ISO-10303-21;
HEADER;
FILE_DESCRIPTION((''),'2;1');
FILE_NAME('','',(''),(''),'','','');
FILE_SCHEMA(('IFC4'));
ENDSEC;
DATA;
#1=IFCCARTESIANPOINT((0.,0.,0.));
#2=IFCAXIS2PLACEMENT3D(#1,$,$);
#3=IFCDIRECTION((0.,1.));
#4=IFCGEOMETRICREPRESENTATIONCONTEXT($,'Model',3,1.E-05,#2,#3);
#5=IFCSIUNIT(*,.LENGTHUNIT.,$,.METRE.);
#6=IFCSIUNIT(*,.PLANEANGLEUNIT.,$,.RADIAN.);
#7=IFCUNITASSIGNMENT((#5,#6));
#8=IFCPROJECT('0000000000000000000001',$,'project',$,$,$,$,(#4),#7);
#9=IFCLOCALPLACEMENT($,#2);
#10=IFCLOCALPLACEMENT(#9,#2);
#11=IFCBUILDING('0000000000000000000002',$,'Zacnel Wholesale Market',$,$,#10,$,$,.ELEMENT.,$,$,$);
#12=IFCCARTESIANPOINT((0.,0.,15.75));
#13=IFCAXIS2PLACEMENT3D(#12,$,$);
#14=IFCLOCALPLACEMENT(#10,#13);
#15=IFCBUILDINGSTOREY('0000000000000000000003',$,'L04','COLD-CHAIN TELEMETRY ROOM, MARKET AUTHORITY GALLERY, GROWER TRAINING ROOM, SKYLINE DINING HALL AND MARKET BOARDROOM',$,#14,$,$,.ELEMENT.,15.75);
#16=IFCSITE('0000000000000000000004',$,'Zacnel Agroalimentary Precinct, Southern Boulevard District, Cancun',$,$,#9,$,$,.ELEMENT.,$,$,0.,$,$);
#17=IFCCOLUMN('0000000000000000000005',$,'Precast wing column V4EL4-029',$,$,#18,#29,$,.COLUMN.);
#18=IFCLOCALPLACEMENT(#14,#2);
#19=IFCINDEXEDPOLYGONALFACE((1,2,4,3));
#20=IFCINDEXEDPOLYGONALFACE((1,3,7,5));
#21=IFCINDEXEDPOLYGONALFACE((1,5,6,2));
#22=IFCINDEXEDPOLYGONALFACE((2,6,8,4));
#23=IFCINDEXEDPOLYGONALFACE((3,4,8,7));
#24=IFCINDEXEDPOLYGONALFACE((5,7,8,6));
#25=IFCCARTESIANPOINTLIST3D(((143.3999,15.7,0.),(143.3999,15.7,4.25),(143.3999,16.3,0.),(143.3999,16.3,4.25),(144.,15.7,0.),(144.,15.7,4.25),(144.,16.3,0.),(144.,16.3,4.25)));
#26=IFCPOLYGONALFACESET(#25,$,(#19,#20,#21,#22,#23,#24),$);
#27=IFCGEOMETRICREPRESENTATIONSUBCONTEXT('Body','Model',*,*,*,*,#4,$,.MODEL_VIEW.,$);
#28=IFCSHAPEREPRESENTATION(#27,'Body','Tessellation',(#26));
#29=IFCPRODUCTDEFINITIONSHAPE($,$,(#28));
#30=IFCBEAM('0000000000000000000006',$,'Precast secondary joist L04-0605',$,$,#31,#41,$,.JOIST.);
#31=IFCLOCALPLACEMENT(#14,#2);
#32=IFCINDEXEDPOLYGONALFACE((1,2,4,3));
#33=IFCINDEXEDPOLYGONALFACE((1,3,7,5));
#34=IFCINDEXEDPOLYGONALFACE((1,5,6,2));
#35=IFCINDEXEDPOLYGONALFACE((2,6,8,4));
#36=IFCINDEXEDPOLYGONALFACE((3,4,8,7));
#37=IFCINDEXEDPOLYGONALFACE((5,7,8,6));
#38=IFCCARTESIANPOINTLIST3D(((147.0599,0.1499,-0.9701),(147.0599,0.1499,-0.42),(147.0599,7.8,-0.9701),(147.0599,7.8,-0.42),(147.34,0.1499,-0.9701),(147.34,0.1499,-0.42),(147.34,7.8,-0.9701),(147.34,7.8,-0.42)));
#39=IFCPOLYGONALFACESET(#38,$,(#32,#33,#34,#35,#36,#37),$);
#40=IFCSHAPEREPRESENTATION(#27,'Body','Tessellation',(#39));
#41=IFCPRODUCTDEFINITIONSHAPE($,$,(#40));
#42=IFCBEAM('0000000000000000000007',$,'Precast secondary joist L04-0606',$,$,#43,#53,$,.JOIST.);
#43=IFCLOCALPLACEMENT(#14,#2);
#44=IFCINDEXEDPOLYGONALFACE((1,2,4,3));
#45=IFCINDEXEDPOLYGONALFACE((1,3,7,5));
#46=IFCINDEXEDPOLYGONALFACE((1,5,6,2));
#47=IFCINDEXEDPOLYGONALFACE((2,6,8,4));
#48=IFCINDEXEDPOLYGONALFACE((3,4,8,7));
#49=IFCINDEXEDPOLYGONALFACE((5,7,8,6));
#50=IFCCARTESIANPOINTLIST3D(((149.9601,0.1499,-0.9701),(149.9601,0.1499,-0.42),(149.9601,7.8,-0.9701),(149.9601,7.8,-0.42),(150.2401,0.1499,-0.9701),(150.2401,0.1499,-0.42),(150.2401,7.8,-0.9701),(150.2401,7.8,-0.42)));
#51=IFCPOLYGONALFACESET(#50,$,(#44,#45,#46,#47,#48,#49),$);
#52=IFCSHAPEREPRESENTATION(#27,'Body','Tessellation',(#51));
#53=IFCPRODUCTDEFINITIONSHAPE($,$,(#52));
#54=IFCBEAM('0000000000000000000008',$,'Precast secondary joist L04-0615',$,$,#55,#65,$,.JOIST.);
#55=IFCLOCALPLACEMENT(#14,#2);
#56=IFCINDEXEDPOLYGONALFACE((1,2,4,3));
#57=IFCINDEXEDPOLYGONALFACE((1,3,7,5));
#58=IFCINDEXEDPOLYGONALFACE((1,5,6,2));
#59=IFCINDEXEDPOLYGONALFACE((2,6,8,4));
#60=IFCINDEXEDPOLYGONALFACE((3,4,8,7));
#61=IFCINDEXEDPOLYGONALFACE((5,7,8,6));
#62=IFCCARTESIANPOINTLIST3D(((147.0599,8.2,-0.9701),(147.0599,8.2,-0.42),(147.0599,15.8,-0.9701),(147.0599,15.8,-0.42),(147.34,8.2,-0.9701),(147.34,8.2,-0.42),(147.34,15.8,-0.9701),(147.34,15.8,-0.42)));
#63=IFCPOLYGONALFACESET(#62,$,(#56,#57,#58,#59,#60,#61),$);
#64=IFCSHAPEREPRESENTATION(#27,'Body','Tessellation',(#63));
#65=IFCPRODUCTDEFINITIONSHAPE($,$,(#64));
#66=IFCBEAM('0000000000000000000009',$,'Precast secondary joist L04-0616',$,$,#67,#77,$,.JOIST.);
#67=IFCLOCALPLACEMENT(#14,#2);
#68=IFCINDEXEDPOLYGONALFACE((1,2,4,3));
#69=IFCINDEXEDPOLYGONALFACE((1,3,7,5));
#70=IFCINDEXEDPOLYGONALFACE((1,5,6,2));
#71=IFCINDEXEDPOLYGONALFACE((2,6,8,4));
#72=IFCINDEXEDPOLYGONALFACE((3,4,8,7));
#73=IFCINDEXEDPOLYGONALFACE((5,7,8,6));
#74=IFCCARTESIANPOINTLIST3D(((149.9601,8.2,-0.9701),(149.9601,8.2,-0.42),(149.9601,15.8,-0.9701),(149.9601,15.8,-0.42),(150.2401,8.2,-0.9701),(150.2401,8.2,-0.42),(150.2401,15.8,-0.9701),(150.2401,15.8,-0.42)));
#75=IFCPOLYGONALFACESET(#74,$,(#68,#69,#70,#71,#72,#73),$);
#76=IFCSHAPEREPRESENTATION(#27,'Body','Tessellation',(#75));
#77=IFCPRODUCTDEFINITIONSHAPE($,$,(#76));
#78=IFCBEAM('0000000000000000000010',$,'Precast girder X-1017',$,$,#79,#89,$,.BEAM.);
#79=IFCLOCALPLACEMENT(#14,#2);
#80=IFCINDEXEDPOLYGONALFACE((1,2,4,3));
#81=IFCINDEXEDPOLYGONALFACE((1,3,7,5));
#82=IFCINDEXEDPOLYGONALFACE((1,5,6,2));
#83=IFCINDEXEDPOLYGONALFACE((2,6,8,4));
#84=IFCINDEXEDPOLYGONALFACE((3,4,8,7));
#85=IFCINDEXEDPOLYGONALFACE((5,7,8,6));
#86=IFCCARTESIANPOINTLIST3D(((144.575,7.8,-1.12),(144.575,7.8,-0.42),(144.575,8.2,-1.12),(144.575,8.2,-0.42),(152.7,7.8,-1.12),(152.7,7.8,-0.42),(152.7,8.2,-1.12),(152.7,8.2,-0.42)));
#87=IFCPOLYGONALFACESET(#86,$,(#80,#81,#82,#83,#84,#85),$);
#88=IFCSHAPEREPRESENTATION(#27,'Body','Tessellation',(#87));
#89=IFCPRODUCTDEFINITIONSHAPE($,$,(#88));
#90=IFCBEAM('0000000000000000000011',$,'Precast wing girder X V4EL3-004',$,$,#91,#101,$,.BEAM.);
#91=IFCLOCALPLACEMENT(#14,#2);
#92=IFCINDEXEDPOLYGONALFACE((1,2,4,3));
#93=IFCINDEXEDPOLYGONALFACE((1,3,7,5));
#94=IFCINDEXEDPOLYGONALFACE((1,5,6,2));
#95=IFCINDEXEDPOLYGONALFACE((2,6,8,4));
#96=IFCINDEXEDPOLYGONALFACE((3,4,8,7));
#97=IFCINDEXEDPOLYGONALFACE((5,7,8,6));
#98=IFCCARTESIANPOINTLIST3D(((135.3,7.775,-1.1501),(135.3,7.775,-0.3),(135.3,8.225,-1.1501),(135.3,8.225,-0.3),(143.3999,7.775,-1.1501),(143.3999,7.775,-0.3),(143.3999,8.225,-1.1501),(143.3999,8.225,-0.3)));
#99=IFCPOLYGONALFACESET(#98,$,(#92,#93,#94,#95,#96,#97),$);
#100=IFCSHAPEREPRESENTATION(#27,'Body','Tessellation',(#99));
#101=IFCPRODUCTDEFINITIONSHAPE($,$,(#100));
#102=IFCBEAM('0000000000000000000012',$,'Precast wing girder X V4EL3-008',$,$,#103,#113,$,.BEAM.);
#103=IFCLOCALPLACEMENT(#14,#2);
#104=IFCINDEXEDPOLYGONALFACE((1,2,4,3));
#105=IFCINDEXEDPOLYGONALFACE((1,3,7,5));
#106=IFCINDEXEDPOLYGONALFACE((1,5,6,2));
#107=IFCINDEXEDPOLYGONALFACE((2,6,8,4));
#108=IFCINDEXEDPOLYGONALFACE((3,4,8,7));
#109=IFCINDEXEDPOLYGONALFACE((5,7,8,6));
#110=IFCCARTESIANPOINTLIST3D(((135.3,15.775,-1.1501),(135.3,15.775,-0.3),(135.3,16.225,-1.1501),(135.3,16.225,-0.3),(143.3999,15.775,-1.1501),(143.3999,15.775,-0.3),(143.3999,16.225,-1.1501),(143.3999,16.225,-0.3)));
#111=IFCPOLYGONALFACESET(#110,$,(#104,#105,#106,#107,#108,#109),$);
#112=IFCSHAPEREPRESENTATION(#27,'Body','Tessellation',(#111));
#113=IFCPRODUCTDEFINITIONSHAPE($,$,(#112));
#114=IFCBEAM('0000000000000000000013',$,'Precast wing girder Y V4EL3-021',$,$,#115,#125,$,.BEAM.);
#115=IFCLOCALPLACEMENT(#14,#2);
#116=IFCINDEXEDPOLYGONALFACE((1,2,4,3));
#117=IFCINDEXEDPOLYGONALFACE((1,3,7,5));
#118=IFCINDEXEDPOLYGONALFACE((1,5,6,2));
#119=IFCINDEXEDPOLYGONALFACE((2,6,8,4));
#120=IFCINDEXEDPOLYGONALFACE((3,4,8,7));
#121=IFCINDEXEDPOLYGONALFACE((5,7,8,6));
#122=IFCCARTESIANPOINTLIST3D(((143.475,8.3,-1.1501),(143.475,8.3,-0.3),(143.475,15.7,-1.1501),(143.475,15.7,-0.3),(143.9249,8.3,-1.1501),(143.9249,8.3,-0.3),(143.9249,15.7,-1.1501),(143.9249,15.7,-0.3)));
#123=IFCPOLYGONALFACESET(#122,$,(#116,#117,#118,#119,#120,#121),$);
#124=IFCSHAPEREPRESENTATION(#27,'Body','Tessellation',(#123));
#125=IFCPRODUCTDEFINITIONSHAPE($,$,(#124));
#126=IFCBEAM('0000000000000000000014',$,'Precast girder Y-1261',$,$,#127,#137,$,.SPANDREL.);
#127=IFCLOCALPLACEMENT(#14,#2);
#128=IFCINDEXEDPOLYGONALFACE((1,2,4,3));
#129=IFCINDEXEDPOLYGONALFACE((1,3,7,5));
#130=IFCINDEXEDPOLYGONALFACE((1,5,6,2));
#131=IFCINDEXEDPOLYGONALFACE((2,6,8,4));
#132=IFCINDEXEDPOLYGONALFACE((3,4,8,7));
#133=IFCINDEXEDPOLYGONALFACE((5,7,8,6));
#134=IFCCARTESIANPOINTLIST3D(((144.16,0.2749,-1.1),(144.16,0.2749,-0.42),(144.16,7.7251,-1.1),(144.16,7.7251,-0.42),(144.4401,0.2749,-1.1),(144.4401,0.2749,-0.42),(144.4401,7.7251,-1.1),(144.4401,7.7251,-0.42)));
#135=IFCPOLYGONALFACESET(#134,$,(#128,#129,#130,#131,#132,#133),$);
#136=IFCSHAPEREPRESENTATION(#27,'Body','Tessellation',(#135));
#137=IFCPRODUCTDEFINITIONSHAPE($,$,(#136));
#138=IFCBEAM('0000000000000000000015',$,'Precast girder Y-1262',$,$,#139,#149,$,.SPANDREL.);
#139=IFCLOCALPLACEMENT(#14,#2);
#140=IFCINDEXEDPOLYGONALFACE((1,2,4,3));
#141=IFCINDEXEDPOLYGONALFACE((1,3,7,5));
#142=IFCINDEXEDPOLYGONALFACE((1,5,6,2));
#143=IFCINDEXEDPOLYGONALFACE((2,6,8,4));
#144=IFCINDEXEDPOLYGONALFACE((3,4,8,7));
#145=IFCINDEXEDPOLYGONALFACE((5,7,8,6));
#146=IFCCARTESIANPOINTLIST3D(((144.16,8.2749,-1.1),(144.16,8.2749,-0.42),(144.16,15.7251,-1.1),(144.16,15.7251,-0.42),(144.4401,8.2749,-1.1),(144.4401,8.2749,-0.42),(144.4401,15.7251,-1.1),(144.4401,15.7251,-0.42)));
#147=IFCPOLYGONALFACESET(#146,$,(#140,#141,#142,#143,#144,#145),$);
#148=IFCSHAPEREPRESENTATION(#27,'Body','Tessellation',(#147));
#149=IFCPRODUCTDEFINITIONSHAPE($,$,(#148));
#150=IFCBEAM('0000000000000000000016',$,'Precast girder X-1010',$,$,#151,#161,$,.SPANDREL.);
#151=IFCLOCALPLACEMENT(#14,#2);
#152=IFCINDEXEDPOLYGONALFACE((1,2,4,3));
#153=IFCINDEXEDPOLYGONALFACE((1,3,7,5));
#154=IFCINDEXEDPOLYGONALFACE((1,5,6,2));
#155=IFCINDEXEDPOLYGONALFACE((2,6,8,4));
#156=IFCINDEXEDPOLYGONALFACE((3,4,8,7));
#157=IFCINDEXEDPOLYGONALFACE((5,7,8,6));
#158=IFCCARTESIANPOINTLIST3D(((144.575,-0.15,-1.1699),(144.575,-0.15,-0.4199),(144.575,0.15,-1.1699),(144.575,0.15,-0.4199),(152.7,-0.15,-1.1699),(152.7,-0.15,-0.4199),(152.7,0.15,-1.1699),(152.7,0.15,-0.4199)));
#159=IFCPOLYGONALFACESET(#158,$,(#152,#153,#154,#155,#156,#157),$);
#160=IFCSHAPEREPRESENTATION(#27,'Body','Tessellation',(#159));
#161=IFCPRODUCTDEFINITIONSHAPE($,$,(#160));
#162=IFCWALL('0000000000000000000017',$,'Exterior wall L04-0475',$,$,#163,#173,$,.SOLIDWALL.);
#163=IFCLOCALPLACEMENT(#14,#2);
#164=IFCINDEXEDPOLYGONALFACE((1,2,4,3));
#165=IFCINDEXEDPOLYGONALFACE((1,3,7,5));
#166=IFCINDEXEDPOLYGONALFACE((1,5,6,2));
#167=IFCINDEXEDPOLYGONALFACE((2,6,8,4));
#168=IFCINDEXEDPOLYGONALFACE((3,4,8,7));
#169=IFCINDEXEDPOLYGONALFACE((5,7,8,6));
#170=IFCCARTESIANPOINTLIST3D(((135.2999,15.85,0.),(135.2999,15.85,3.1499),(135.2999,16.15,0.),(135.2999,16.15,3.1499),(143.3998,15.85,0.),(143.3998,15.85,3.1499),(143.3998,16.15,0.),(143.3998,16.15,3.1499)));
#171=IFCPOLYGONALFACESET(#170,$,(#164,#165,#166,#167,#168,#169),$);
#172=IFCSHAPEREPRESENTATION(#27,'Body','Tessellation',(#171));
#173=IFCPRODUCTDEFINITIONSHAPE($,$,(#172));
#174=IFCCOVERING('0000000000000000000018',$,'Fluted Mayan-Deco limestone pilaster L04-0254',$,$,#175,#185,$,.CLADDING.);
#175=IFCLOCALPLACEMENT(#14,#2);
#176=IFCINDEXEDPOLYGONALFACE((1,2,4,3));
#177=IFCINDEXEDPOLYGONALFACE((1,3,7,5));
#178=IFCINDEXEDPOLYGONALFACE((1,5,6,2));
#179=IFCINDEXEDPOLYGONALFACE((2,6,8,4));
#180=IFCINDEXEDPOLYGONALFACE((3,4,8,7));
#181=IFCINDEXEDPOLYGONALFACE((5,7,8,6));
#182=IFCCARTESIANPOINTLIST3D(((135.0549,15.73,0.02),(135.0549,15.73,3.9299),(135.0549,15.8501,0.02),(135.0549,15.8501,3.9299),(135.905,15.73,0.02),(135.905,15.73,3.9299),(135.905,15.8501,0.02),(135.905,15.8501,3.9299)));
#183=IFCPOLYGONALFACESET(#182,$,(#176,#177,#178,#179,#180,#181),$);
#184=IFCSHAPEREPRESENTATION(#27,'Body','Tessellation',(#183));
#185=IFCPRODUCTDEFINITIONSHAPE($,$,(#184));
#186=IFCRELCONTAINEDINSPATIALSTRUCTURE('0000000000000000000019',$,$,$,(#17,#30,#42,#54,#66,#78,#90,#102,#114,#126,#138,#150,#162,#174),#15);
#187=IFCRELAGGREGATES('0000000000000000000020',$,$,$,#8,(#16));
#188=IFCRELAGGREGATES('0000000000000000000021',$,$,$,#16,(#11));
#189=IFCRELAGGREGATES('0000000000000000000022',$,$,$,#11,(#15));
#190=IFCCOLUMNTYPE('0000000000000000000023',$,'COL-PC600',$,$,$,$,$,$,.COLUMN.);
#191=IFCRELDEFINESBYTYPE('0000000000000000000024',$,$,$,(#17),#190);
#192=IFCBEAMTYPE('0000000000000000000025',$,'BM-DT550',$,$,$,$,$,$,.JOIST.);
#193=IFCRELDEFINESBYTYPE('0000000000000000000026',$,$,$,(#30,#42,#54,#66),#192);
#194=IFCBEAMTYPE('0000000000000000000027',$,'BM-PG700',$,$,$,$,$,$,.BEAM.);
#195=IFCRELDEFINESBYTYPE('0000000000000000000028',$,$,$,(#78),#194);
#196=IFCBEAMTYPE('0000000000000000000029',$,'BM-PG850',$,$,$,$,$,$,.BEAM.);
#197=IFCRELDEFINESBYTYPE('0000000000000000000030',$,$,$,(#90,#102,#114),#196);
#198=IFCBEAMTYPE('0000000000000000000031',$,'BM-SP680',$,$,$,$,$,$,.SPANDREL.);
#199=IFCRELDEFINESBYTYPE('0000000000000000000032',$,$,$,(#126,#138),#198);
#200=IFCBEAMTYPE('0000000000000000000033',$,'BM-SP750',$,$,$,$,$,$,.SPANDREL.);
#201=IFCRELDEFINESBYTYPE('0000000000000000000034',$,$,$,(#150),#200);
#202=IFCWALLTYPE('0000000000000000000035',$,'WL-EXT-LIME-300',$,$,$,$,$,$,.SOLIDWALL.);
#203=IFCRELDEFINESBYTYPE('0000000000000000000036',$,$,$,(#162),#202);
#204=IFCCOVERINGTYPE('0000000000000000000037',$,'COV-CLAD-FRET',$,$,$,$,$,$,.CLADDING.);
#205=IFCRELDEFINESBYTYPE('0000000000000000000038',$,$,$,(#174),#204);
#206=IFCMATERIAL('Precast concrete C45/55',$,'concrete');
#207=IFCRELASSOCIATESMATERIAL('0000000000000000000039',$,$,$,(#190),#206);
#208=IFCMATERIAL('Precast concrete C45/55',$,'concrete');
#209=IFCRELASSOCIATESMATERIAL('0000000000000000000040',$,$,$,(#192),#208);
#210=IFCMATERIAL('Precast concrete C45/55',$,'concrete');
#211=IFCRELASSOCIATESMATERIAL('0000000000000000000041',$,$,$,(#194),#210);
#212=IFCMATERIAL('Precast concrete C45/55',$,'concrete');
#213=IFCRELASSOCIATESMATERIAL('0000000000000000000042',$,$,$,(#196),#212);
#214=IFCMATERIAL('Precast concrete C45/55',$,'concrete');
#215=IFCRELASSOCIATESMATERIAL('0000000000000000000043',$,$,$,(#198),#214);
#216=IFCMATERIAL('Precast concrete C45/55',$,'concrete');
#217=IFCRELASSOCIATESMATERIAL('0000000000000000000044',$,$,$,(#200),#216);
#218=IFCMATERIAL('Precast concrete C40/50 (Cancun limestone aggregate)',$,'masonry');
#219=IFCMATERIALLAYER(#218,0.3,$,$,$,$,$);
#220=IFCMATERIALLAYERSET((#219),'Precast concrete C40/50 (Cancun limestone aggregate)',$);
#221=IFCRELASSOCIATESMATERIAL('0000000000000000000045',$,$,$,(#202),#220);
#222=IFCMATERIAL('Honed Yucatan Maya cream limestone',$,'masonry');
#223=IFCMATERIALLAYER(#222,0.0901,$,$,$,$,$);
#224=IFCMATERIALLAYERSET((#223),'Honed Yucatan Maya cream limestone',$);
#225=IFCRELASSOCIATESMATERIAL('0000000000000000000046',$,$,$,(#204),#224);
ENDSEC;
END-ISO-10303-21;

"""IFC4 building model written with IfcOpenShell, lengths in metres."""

from ifc_helpers import new_model, si_unit, direction, frame, frame_2d, origin, origin_2d, place, context, subcontext, project, spatial, rectangle, extrude, material, layer, layer_set, material_profile, profile_set, type_object, element, save


model = new_model("IFC4")

# Units and contexts
model_context = context("Model", 3, precision=1e-05, world=origin(), true_north=direction((0.0, 1.0)))
body_context = subcontext(model_context, "Body", "Model", "MODEL_VIEW")
ifc_project = project(units=[si_unit("LENGTHUNIT", "METRE"), si_unit("PLANEANGLEUNIT", "RADIAN")], contexts=[model_context])

# Site, building, storey
site_placement = place(None, origin())
site = spatial("IfcSite", under=ifc_project, at=site_placement, Name="Zacnel Agroalimentary Precinct, Southern Boulevard District, Cancun", CompositionType="ELEMENT", RefElevation=0.0)
building_placement = place(site_placement, origin())
building = spatial("IfcBuilding", under=site, at=building_placement, Name="Zacnel Wholesale Market", CompositionType="ELEMENT")
storey_placement = place(building_placement, frame((0.0, 0.0, 15.75)))
storey = spatial("IfcBuildingStorey", under=building, at=storey_placement, Name="L04", Description="COLD-CHAIN TELEMETRY ROOM, MARKET AUTHORITY GALLERY, GROWER TRAINING ROOM, SKYLINE DINING HALL AND MARKET BOARDROOM", CompositionType="ELEMENT", Elevation=15.75)

# Column
ifc_material_1 = material(Name="Precast concrete C45/55", Category="concrete")
ifc_material_profile_1 = material_profile(ifc_material_1, rectangle(XDim=0.6001, YDim=0.6001, at=origin_2d()), Name="PC 600x600")
ifc_profile_set_1 = profile_set([ifc_material_profile_1], Name="Precast concrete C45/55")
column_type = type_object("IfcColumnType", Name="COL-PC600", PredefinedType="COLUMN", material=ifc_profile_set_1)
column_placement = place(storey_placement, frame((143.7, 16.0, 0.0), z_axis=(0.0, 0.0, 1.0), x_axis=(1.0, 0.0, 0.0)))
element("IfcColumn", 1, at=column_placement, inside=storey, type_object=column_type, Name="Precast wing column V4EL4-029", PredefinedType="COLUMN", context=body_context, shape_type="SweptSolid", body=[
    extrude(rectangle(XDim=0.6001, YDim=0.6001, at=origin_2d()), origin(), (0.0, 0.0, 1.0), 4.25),
])

# Beams
ifc_material_2 = material(Name="Precast concrete C45/55", Category="concrete")
ifc_material_profile_2 = material_profile(ifc_material_2, rectangle(XDim=0.28, YDim=0.55, at=origin_2d()), Name="DT RIB 280x550")
ifc_profile_set_2 = profile_set([ifc_material_profile_2], Name="Precast concrete C45/55")
beam_type_1 = type_object("IfcBeamType", Name="BM-DT550", PredefinedType="JOIST", material=ifc_profile_set_2)
for number, where, z_axis, x_axis, name in (
    (2, (147.2, 0.1499, -0.6951), (0.0, 1.0, 0.0), (-1.0, 0.0, 0.0), "Precast secondary joist L04-0605"),
    (3, (150.1001, 0.1499, -0.6951), (0.0, 1.0, 0.0), (-1.0, 0.0, 0.0), "Precast secondary joist L04-0606"),
):
    element("IfcBeam", number, at=place(storey_placement, frame(where, z_axis=z_axis, x_axis=x_axis)), inside=storey, type_object=beam_type_1, Name=name, PredefinedType="JOIST", context=body_context, shape_type="SweptSolid", body=[
        extrude(rectangle(XDim=0.28, YDim=0.55, at=origin_2d()), origin(), (0.0, 0.0, 1.0), 7.6501),
    ])
for number, where, z_axis, x_axis, name in (
    (4, (147.2, 8.2, -0.6951), (0.0, 1.0, 0.0), (-1.0, 0.0, 0.0), "Precast secondary joist L04-0615"),
    (5, (150.1001, 8.2, -0.6951), (0.0, 1.0, 0.0), (-1.0, 0.0, 0.0), "Precast secondary joist L04-0616"),
):
    element("IfcBeam", number, at=place(storey_placement, frame(where, z_axis=z_axis, x_axis=x_axis)), inside=storey, type_object=beam_type_1, Name=name, PredefinedType="JOIST", context=body_context, shape_type="SweptSolid", body=[
        extrude(rectangle(XDim=0.28, YDim=0.55, at=origin_2d()), origin(), (0.0, 0.0, 1.0), 7.6001),
    ])
ifc_material_3 = material(Name="Precast concrete C45/55", Category="concrete")
ifc_material_profile_3 = material_profile(ifc_material_3, rectangle(XDim=0.3999, YDim=0.7, at=origin_2d()), Name="PG 400x700")
ifc_profile_set_3 = profile_set([ifc_material_profile_3], Name="Precast concrete C45/55")
beam_type_2 = type_object("IfcBeamType", Name="BM-PG700", PredefinedType="BEAM", material=ifc_profile_set_3)
beam_1_placement = place(storey_placement, frame((144.575, 8.0, -0.77), z_axis=(1.0, 0.0, 0.0), x_axis=(0.0, 1.0, 0.0)))
element("IfcBeam", 6, at=beam_1_placement, inside=storey, type_object=beam_type_2, Name="Precast girder X-1017", PredefinedType="BEAM", context=body_context, shape_type="SweptSolid", body=[
    extrude(rectangle(XDim=0.3999, YDim=0.7, at=origin_2d()), origin(), (0.0, 0.0, 1.0), 8.125),
])
ifc_material_4 = material(Name="Precast concrete C45/55", Category="concrete")
ifc_material_profile_4 = material_profile(ifc_material_4, rectangle(XDim=0.45, YDim=0.8501, at=origin_2d()), Name="PG 450x850")
ifc_profile_set_4 = profile_set([ifc_material_profile_4], Name="Precast concrete C45/55")
beam_type_3 = type_object("IfcBeamType", Name="BM-PG850", PredefinedType="BEAM", material=ifc_profile_set_4)
for number, where, z_axis, x_axis, name in (
    (7, (135.3, 8.0, -0.7251), (1.0, 0.0, 0.0), (0.0, 1.0, 0.0), "Precast wing girder X V4EL3-004"),
    (8, (135.3, 16.0, -0.7251), (1.0, 0.0, 0.0), (0.0, 1.0, 0.0), "Precast wing girder X V4EL3-008"),
):
    element("IfcBeam", number, at=place(storey_placement, frame(where, z_axis=z_axis, x_axis=x_axis)), inside=storey, type_object=beam_type_3, Name=name, PredefinedType="BEAM", context=body_context, shape_type="SweptSolid", body=[
        extrude(rectangle(XDim=0.45, YDim=0.8501, at=origin_2d()), origin(), (0.0, 0.0, 1.0), 8.0999),
    ])
beam_2_placement = place(storey_placement, frame((143.7, 8.3, -0.7251), z_axis=(0.0, 1.0, 0.0), x_axis=(-1.0, 0.0, 0.0)))
element("IfcBeam", 9, at=beam_2_placement, inside=storey, type_object=beam_type_3, Name="Precast wing girder Y V4EL3-021", PredefinedType="BEAM", context=body_context, shape_type="SweptSolid", body=[
    extrude(rectangle(XDim=0.45, YDim=0.8501, at=origin_2d()), origin(), (0.0, 0.0, 1.0), 7.3999),
])
ifc_material_5 = material(Name="Precast concrete C45/55", Category="concrete")
ifc_material_profile_5 = material_profile(ifc_material_5, rectangle(XDim=0.28, YDim=0.6799, at=origin_2d()), Name="SP 280x680")
ifc_profile_set_5 = profile_set([ifc_material_profile_5], Name="Precast concrete C45/55")
beam_type_4 = type_object("IfcBeamType", Name="BM-SP680", PredefinedType="SPANDREL", material=ifc_profile_set_5)
for number, where, z_axis, x_axis, name in (
    (10, (144.3, 0.2749, -0.76), (0.0, 1.0, 0.0), (-1.0, 0.0, 0.0), "Precast girder Y-1261"),
    (11, (144.3, 8.2749, -0.76), (0.0, 1.0, 0.0), (-1.0, 0.0, 0.0), "Precast girder Y-1262"),
):
    element("IfcBeam", number, at=place(storey_placement, frame(where, z_axis=z_axis, x_axis=x_axis)), inside=storey, type_object=beam_type_4, Name=name, PredefinedType="SPANDREL", context=body_context, shape_type="SweptSolid", body=[
        extrude(rectangle(XDim=0.28, YDim=0.6799, at=origin_2d()), origin(), (0.0, 0.0, 1.0), 7.4502),
    ])
ifc_material_6 = material(Name="Precast concrete C45/55", Category="concrete")
ifc_material_profile_6 = material_profile(ifc_material_6, rectangle(XDim=0.3, YDim=0.75, at=origin_2d()), Name="SP 300x750")
ifc_profile_set_6 = profile_set([ifc_material_profile_6], Name="Precast concrete C45/55")
beam_type_5 = type_object("IfcBeamType", Name="BM-SP750", PredefinedType="SPANDREL", material=ifc_profile_set_6)
beam_3_placement = place(storey_placement, frame((144.575, 0.0, -0.7949), z_axis=(1.0, 0.0, 0.0), x_axis=(0.0, 1.0, 0.0)))
element("IfcBeam", 12, at=beam_3_placement, inside=storey, type_object=beam_type_5, Name="Precast girder X-1010", PredefinedType="SPANDREL", context=body_context, shape_type="SweptSolid", body=[
    extrude(rectangle(XDim=0.3, YDim=0.75, at=origin_2d()), origin(), (0.0, 0.0, 1.0), 8.125),
])

# Wall
ifc_material_7 = material(Name="Precast concrete C40/50 (Cancun limestone aggregate)", Category="masonry")
ifc_layer_1 = layer(ifc_material_7, 0.3)
ifc_layer_set_1 = layer_set([ifc_layer_1], Name="Precast concrete C40/50 (Cancun limestone aggregate)")
wall_type = type_object("IfcWallType", Name="WL-EXT-LIME-300", PredefinedType="SOLIDWALL", material=ifc_layer_set_1)
wall_placement = place(storey_placement, frame((135.3, 16.0, 0.0), z_axis=(0.0, 0.0, 1.0), x_axis=(1.0, 0.0, 0.0)))
element("IfcWall", 13, at=wall_placement, inside=storey, type_object=wall_type, Name="Exterior wall L04-0475", PredefinedType="SOLIDWALL", context=body_context, shape_type="SweptSolid", body=[
    extrude(rectangle(XDim=8.0999, YDim=0.3, at=frame_2d((4.0498, 0.0))), origin(), (0.0, 0.0, 1.0), 3.1499),
])

# Covering
ifc_material_8 = material(Name="Honed Yucatan Maya cream limestone", Category="masonry")
ifc_layer_2 = layer(ifc_material_8, 0.0901)
ifc_layer_set_2 = layer_set([ifc_layer_2], Name="Honed Yucatan Maya cream limestone")
covering_type = type_object("IfcCoveringType", Name="COV-CLAD-FRET", PredefinedType="CLADDING", material=ifc_layer_set_2)
covering_placement = place(storey_placement, frame((135.48, 15.79, 0.02), z_axis=(0.0, 0.0, 1.0), x_axis=(1.0, 0.0, 0.0)))
element("IfcCovering", 14, at=covering_placement, inside=storey, type_object=covering_type, Name="Fluted Mayan-Deco limestone pilaster L04-0254", PredefinedType="CLADDING", context=body_context, shape_type="SweptSolid", body=[
    extrude(rectangle(XDim=0.8501, YDim=0.1201, at=origin_2d()), origin(), (0.0, 0.0, 1.0), 3.9099),
])

save(model, "model.ifc")
